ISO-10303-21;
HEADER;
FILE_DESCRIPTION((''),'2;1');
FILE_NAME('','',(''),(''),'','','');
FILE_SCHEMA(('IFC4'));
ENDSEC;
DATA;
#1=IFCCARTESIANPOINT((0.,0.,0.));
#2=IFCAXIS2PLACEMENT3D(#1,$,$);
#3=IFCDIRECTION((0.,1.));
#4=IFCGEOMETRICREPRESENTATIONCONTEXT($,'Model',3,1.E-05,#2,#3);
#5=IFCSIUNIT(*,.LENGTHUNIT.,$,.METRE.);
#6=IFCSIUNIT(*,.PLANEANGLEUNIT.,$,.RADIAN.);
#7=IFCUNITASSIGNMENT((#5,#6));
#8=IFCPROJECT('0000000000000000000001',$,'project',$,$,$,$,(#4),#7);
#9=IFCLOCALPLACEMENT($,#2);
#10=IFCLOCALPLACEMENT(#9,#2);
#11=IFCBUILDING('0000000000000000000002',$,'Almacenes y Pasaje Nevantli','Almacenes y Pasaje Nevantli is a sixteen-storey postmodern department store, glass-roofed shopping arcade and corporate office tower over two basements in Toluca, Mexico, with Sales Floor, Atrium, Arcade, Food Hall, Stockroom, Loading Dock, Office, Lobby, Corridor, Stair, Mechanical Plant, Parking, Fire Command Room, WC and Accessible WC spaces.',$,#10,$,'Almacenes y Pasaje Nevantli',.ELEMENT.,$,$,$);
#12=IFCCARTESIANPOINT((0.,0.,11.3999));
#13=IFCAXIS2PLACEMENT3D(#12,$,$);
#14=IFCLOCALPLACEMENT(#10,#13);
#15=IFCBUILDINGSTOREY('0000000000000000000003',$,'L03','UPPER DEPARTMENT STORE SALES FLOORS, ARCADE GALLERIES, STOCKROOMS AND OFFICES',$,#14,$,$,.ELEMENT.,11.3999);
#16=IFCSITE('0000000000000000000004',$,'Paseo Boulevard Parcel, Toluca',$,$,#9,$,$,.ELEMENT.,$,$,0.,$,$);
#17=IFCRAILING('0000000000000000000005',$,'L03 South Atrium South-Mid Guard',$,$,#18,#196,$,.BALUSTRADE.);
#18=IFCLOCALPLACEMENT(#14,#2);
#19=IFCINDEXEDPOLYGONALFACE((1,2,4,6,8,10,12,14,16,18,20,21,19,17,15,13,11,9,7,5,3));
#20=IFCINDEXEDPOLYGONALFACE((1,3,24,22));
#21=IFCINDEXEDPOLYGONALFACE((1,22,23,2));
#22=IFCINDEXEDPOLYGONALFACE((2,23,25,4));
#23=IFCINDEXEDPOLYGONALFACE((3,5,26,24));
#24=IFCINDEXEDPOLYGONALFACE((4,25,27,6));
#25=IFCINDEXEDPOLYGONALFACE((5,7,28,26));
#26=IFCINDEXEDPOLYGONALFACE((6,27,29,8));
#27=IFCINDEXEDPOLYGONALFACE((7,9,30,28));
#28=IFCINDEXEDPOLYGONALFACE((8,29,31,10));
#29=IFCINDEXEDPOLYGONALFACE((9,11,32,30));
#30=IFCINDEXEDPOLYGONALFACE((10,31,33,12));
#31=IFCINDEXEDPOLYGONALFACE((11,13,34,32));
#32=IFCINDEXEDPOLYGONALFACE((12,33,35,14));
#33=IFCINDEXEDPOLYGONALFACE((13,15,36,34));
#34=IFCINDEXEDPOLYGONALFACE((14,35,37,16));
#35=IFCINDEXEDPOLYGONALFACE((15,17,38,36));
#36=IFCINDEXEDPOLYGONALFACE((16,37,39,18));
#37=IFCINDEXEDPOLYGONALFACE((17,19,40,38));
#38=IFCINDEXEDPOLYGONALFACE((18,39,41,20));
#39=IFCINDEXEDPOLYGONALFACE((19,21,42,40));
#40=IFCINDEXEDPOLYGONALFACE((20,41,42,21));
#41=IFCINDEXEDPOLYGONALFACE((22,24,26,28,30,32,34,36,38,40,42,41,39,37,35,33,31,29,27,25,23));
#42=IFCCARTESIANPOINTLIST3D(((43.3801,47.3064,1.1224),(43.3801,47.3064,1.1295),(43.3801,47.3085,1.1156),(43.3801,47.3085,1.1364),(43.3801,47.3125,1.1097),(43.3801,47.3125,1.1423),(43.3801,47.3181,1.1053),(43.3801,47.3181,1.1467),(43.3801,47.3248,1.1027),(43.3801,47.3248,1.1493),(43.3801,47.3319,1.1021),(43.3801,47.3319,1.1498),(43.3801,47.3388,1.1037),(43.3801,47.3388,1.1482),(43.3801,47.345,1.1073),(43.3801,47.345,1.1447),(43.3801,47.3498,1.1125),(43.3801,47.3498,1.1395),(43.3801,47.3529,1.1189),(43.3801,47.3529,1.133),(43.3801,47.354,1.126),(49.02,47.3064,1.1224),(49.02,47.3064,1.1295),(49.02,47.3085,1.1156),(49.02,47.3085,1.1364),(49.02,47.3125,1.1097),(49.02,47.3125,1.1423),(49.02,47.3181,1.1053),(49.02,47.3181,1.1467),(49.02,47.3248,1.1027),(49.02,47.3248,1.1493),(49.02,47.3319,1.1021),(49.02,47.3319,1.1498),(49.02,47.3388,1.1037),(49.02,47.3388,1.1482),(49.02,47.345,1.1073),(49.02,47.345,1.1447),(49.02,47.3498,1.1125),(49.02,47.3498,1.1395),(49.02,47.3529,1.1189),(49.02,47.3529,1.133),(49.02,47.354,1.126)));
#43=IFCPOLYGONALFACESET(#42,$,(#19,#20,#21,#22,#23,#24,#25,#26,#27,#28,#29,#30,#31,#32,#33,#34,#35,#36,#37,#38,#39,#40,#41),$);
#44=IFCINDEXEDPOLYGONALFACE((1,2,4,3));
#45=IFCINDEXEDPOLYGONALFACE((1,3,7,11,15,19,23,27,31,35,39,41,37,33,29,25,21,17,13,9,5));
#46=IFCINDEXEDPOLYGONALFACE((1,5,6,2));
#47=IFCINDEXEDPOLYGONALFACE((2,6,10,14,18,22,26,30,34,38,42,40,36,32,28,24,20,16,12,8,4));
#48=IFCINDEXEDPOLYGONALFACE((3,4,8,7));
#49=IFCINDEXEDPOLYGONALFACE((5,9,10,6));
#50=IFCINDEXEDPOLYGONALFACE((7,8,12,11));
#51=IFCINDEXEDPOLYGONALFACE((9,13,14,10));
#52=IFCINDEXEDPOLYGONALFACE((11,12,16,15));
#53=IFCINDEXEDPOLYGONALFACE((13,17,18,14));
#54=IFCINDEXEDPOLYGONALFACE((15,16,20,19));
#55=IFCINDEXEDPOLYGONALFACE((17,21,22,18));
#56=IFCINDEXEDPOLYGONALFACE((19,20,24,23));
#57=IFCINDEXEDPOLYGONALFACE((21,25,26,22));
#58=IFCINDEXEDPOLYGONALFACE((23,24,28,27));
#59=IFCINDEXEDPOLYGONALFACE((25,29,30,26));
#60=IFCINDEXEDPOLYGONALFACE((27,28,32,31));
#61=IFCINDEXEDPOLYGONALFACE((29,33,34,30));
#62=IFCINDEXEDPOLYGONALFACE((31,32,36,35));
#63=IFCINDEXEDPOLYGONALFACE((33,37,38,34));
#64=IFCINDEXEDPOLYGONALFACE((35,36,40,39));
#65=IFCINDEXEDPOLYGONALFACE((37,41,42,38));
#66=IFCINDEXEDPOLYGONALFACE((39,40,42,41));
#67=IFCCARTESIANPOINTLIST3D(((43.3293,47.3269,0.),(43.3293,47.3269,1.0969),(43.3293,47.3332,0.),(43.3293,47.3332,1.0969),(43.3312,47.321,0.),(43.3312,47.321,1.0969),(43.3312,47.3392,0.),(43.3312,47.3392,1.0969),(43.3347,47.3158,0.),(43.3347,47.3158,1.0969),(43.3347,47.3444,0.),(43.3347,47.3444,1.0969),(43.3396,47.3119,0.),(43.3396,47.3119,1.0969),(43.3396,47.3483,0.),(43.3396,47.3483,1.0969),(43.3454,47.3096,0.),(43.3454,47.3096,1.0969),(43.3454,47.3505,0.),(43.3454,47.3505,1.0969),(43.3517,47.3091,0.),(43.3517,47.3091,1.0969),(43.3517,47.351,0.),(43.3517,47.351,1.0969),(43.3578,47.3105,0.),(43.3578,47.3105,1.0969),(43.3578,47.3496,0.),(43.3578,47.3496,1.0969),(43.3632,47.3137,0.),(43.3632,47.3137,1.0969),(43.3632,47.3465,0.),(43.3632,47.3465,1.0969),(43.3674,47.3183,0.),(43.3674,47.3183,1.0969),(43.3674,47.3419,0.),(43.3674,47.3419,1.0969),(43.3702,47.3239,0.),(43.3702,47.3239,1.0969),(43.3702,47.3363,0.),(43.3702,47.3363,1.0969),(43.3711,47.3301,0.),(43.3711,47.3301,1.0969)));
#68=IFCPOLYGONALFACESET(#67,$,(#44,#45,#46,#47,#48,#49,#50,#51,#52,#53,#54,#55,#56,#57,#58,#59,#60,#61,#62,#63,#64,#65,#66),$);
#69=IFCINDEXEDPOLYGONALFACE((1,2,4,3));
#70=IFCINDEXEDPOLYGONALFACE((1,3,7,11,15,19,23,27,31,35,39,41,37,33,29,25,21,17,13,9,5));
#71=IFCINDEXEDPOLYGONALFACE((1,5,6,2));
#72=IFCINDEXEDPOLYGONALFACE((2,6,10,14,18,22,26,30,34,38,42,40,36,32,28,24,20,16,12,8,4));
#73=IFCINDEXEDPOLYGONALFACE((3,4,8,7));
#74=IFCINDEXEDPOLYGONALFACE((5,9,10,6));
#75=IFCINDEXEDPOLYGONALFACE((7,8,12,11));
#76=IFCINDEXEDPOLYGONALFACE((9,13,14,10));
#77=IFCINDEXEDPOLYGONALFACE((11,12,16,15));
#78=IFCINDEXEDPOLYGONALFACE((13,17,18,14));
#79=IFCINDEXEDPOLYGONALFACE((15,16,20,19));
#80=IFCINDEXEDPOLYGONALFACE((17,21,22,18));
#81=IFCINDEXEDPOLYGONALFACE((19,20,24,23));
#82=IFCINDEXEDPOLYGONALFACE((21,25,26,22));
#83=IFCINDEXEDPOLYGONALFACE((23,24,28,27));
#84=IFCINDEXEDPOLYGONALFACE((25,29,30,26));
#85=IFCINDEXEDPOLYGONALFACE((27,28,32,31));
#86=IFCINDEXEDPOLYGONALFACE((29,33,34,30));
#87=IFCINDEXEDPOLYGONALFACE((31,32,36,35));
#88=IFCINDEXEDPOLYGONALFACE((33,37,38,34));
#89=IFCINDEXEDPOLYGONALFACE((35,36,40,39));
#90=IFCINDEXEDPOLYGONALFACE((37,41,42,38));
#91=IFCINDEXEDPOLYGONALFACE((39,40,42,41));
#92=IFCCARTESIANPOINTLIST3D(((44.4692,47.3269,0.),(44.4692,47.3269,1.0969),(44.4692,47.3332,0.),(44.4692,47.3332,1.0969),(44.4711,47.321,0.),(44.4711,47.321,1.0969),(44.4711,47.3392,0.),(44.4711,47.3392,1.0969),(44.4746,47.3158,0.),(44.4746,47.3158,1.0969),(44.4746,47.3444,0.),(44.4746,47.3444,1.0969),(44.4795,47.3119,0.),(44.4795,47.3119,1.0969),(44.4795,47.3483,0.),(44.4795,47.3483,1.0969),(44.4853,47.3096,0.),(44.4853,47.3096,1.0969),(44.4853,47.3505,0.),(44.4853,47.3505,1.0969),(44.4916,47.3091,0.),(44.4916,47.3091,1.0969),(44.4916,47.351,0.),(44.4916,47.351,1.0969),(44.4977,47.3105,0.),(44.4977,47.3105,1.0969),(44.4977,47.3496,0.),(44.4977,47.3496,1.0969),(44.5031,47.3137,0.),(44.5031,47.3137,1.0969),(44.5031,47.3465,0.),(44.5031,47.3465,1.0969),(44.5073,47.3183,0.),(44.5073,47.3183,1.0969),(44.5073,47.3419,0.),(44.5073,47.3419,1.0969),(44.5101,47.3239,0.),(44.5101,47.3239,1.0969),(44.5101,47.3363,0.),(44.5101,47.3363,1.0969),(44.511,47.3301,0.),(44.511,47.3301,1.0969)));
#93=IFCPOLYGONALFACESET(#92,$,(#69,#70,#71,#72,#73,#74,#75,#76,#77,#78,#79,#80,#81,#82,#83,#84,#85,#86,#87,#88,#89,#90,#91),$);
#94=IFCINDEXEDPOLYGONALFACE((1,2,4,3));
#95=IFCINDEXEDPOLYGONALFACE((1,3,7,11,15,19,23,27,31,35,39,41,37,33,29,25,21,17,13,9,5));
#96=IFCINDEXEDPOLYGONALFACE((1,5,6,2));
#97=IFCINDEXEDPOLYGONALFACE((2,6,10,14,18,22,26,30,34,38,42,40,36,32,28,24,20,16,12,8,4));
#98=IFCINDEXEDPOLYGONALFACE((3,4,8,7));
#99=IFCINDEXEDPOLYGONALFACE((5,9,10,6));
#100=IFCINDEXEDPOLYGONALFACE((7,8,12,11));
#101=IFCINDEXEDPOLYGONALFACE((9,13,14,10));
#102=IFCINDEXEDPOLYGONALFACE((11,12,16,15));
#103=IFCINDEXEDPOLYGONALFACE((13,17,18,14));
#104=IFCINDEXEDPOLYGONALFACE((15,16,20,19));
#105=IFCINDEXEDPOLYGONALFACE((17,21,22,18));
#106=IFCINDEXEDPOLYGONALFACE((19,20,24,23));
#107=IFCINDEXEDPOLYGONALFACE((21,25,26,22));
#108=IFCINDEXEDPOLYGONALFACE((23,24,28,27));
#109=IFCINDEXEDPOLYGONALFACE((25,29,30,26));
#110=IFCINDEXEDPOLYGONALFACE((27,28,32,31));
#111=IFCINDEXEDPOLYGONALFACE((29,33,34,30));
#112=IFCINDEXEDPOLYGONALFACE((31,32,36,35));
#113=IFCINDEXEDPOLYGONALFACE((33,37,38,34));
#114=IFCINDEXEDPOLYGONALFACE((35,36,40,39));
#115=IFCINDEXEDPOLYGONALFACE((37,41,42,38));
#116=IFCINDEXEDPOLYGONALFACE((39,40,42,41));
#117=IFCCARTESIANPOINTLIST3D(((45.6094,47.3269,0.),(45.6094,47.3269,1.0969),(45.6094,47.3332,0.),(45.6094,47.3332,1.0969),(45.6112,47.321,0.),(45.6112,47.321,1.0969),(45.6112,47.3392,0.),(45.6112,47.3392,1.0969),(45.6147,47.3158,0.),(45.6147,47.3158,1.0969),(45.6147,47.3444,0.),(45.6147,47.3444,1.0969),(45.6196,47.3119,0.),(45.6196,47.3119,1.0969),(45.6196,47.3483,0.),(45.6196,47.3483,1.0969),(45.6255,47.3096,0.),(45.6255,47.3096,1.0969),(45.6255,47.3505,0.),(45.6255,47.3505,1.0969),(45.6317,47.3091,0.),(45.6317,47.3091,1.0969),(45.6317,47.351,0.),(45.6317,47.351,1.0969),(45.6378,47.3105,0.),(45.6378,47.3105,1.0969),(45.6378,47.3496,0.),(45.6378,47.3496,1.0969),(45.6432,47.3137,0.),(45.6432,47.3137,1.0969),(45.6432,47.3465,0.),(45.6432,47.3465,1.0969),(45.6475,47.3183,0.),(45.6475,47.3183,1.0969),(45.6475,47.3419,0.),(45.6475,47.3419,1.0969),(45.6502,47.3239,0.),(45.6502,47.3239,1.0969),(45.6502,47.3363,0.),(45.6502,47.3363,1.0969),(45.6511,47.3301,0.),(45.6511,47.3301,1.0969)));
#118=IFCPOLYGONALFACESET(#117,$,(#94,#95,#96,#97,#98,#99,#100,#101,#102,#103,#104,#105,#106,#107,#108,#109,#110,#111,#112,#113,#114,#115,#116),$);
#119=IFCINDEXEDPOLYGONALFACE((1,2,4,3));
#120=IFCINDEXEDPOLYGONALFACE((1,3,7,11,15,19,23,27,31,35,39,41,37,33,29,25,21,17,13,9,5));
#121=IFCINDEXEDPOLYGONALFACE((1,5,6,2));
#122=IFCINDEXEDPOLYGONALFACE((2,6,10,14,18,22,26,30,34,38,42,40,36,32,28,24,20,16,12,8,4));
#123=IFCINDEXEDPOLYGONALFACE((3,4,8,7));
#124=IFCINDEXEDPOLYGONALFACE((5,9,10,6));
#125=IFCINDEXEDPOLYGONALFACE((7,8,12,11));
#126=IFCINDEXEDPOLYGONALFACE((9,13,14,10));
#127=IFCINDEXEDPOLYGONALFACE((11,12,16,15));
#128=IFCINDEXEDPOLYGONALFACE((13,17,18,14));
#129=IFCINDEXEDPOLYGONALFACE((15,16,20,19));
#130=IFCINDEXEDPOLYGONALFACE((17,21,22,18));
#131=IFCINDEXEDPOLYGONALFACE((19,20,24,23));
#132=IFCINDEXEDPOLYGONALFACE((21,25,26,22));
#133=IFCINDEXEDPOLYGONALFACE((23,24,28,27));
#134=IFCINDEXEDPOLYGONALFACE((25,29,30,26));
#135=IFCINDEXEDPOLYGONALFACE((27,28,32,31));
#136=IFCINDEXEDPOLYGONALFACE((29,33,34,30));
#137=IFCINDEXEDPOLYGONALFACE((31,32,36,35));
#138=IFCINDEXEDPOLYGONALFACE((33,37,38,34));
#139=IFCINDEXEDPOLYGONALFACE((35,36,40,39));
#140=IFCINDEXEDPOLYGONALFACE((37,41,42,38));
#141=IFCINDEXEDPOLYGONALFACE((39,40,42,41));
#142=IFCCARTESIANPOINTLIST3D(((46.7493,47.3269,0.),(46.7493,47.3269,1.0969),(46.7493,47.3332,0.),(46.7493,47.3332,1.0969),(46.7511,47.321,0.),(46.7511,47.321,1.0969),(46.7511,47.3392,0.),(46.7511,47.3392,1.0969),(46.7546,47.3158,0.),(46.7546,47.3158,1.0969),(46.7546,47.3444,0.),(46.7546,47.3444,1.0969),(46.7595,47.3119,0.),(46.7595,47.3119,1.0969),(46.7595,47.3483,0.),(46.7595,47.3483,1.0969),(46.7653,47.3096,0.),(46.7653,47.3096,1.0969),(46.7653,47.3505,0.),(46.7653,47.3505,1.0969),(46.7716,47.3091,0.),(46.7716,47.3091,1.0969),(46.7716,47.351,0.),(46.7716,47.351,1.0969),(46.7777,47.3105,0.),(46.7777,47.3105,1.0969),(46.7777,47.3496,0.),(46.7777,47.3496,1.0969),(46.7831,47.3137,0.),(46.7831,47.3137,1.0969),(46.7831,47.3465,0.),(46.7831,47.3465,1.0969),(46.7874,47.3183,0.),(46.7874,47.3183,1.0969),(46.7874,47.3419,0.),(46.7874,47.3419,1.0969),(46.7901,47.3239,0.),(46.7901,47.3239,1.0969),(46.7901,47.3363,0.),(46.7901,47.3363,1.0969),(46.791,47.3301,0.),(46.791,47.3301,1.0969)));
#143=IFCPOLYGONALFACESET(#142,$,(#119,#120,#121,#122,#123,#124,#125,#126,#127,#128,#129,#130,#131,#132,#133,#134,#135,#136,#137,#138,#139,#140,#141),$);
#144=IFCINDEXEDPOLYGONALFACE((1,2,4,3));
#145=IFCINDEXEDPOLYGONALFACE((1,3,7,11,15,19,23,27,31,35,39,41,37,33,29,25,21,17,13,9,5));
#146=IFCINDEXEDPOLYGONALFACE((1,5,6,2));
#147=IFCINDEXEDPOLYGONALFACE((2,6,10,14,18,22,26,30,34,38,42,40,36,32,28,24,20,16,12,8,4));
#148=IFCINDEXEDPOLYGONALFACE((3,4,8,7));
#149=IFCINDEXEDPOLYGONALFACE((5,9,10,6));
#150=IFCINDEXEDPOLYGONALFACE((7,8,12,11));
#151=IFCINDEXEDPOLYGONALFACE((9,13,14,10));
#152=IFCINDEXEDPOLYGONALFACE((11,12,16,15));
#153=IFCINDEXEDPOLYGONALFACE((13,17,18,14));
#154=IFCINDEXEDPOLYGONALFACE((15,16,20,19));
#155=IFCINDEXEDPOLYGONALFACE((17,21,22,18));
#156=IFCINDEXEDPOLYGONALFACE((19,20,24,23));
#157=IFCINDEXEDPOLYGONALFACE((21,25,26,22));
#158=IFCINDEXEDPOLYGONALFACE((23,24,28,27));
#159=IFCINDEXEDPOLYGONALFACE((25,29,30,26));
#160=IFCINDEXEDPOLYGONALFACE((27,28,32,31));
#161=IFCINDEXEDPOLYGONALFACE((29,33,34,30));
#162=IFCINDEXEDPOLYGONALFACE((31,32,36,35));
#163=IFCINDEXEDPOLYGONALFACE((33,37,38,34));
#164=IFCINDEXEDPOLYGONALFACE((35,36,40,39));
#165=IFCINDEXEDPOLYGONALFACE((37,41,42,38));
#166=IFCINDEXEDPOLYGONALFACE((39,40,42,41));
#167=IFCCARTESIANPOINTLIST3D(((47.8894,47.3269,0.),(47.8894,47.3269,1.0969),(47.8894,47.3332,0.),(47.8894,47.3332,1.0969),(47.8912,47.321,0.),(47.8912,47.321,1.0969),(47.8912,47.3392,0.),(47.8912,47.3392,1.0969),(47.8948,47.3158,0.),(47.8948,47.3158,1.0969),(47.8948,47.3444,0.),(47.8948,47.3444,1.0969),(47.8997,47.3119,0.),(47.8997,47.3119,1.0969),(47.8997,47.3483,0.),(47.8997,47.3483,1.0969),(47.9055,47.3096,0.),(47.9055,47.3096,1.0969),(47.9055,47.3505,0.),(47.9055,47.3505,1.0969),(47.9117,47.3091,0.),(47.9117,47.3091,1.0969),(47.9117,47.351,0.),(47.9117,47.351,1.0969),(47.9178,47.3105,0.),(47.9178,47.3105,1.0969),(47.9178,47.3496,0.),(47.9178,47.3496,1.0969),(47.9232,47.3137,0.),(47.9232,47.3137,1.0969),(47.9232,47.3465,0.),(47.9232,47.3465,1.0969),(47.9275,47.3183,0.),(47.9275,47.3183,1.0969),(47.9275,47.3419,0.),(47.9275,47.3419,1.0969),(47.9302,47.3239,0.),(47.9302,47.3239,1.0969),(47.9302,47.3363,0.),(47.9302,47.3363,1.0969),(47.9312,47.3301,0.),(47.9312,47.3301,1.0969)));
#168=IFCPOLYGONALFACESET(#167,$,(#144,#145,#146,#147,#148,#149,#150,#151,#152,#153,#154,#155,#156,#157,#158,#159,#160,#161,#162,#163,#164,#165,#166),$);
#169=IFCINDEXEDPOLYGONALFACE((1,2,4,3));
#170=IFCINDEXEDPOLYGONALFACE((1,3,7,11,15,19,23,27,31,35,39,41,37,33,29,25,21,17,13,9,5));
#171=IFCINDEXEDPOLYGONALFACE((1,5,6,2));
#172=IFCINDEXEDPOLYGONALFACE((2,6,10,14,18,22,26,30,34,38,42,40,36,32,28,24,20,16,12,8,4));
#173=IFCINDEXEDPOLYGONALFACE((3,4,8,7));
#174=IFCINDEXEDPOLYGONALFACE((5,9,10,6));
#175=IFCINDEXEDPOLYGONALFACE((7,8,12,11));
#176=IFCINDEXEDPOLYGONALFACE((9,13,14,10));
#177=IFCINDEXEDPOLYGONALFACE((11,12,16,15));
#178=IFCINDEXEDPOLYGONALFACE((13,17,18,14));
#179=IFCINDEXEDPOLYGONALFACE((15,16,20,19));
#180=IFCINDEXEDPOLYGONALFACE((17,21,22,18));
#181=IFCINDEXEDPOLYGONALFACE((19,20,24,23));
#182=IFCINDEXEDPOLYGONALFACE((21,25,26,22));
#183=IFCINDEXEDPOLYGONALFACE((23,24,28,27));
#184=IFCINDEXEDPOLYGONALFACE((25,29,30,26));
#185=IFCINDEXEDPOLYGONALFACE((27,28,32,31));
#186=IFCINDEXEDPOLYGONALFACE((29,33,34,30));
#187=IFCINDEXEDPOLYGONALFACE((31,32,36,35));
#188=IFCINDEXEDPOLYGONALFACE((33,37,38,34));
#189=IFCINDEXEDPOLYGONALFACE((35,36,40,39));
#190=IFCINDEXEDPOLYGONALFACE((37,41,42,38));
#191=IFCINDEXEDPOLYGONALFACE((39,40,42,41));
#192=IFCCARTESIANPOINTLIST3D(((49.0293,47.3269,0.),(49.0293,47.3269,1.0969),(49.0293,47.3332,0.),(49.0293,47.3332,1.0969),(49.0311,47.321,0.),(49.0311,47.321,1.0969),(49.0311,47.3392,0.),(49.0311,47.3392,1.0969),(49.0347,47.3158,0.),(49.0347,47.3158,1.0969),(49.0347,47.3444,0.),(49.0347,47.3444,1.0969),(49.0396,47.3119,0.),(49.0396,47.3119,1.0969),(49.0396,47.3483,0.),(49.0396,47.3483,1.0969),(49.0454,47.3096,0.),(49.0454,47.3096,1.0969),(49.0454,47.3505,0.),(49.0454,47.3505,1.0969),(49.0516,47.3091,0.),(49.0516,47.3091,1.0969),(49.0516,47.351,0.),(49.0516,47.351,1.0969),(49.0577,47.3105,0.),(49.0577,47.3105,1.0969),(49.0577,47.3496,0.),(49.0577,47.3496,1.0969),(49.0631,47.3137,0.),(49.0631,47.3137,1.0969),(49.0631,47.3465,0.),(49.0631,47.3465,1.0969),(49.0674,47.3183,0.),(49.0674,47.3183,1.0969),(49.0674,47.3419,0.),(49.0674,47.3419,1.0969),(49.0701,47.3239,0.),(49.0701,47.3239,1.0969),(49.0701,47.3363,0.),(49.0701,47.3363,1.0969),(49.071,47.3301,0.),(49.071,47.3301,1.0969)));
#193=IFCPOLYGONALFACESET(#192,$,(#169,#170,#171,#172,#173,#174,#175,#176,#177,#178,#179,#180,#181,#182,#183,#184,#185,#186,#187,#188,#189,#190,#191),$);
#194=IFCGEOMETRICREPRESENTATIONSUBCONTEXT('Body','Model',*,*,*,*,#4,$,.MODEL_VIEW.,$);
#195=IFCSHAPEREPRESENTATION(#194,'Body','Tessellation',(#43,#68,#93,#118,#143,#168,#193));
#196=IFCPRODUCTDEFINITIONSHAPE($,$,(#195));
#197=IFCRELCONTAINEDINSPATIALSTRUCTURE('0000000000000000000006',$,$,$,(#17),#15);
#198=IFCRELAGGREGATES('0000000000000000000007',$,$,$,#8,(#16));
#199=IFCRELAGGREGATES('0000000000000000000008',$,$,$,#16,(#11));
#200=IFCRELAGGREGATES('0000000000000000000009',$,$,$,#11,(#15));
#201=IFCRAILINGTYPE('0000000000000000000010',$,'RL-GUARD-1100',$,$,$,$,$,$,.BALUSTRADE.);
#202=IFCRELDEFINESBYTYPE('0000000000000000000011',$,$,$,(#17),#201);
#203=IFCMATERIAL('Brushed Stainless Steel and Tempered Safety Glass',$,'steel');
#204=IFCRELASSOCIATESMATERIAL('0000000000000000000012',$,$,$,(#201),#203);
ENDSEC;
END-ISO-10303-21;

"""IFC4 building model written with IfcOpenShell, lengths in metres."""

from ifc_helpers import new_model, si_unit, direction, frame, origin, origin_2d, place, context, subcontext, project, spatial, circle, extrude, material, type_object, element, save


model = new_model("IFC4")

# Units and contexts
model_context = context("Model", 3, precision=1e-05, world=origin(), true_north=direction((0.0, 1.0)))
body_context = subcontext(model_context, "Body", "Model", "MODEL_VIEW")
ifc_project = project(units=[si_unit("LENGTHUNIT", "METRE"), si_unit("PLANEANGLEUNIT", "RADIAN")], contexts=[model_context])

# Site, building, storey
site_placement = place(None, origin())
site = spatial("IfcSite", under=ifc_project, at=site_placement, Name="Paseo Boulevard Parcel, Toluca", CompositionType="ELEMENT", RefElevation=0.0)
building_placement = place(site_placement, origin())
building = spatial("IfcBuilding", under=site, at=building_placement, Name="Almacenes y Pasaje Nevantli", Description="Almacenes y Pasaje Nevantli is a sixteen-storey postmodern department store, glass-roofed shopping arcade and corporate office tower over two basements in Toluca, Mexico, with Sales Floor, Atrium, Arcade, Food Hall, Stockroom, Loading Dock, Office, Lobby, Corridor, Stair, Mechanical Plant, Parking, Fire Command Room, WC and Accessible WC spaces.", LongName="Almacenes y Pasaje Nevantli", CompositionType="ELEMENT")
storey_placement = place(building_placement, frame((0.0, 0.0, 11.3999)))
storey = spatial("IfcBuildingStorey", under=building, at=storey_placement, Name="L03", Description="UPPER DEPARTMENT STORE SALES FLOORS, ARCADE GALLERIES, STOCKROOMS AND OFFICES", CompositionType="ELEMENT", Elevation=11.3999)

# Railing
ifc_material_1 = material(Name="Brushed Stainless Steel and Tempered Safety Glass", Category="steel")
railing_type = type_object("IfcRailingType", Name="RL-GUARD-1100", PredefinedType="BALUSTRADE", material=ifc_material_1)
railing_1_placement = place(storey_placement, frame((43.3501, 47.3301, 0.0)))
element("IfcRailing", 1, at=railing_1_placement, inside=storey, type_object=railing_type, Name="L03 South Atrium South-Mid Guard", PredefinedType="BALUSTRADE", context=body_context, shape_type="SweptSolid", body=[
    extrude(circle(Radius=0.0239, at=origin_2d()), frame((0.03, 0.0, 1.126), z_axis=(1.0, 0.0, 0.0), x_axis=(0.0, 1.0, 0.0)), (0.0, 0.0, 1.0), 5.6399),
    extrude(circle(Radius=0.021, at=origin_2d()), origin(), (0.0, 0.0, 1.0), 1.0969),
    extrude(circle(Radius=0.021, at=origin_2d()), frame((1.1399, 0.0, 0.0)), (0.0, 0.0, 1.0), 1.0969),
    extrude(circle(Radius=0.021, at=origin_2d()), frame((2.28, 0.0, 0.0)), (0.0, 0.0, 1.0), 1.0969),
    extrude(circle(Radius=0.021, at=origin_2d()), frame((3.4199, 0.0, 0.0)), (0.0, 0.0, 1.0), 1.0969),
    extrude(circle(Radius=0.021, at=origin_2d()), frame((4.5601, 0.0, 0.0)), (0.0, 0.0, 1.0), 1.0969),
    extrude(circle(Radius=0.021, at=origin_2d()), frame((5.7, 0.0, 0.0)), (0.0, 0.0, 1.0), 1.0969),
])

save(model, "model.ifc")
